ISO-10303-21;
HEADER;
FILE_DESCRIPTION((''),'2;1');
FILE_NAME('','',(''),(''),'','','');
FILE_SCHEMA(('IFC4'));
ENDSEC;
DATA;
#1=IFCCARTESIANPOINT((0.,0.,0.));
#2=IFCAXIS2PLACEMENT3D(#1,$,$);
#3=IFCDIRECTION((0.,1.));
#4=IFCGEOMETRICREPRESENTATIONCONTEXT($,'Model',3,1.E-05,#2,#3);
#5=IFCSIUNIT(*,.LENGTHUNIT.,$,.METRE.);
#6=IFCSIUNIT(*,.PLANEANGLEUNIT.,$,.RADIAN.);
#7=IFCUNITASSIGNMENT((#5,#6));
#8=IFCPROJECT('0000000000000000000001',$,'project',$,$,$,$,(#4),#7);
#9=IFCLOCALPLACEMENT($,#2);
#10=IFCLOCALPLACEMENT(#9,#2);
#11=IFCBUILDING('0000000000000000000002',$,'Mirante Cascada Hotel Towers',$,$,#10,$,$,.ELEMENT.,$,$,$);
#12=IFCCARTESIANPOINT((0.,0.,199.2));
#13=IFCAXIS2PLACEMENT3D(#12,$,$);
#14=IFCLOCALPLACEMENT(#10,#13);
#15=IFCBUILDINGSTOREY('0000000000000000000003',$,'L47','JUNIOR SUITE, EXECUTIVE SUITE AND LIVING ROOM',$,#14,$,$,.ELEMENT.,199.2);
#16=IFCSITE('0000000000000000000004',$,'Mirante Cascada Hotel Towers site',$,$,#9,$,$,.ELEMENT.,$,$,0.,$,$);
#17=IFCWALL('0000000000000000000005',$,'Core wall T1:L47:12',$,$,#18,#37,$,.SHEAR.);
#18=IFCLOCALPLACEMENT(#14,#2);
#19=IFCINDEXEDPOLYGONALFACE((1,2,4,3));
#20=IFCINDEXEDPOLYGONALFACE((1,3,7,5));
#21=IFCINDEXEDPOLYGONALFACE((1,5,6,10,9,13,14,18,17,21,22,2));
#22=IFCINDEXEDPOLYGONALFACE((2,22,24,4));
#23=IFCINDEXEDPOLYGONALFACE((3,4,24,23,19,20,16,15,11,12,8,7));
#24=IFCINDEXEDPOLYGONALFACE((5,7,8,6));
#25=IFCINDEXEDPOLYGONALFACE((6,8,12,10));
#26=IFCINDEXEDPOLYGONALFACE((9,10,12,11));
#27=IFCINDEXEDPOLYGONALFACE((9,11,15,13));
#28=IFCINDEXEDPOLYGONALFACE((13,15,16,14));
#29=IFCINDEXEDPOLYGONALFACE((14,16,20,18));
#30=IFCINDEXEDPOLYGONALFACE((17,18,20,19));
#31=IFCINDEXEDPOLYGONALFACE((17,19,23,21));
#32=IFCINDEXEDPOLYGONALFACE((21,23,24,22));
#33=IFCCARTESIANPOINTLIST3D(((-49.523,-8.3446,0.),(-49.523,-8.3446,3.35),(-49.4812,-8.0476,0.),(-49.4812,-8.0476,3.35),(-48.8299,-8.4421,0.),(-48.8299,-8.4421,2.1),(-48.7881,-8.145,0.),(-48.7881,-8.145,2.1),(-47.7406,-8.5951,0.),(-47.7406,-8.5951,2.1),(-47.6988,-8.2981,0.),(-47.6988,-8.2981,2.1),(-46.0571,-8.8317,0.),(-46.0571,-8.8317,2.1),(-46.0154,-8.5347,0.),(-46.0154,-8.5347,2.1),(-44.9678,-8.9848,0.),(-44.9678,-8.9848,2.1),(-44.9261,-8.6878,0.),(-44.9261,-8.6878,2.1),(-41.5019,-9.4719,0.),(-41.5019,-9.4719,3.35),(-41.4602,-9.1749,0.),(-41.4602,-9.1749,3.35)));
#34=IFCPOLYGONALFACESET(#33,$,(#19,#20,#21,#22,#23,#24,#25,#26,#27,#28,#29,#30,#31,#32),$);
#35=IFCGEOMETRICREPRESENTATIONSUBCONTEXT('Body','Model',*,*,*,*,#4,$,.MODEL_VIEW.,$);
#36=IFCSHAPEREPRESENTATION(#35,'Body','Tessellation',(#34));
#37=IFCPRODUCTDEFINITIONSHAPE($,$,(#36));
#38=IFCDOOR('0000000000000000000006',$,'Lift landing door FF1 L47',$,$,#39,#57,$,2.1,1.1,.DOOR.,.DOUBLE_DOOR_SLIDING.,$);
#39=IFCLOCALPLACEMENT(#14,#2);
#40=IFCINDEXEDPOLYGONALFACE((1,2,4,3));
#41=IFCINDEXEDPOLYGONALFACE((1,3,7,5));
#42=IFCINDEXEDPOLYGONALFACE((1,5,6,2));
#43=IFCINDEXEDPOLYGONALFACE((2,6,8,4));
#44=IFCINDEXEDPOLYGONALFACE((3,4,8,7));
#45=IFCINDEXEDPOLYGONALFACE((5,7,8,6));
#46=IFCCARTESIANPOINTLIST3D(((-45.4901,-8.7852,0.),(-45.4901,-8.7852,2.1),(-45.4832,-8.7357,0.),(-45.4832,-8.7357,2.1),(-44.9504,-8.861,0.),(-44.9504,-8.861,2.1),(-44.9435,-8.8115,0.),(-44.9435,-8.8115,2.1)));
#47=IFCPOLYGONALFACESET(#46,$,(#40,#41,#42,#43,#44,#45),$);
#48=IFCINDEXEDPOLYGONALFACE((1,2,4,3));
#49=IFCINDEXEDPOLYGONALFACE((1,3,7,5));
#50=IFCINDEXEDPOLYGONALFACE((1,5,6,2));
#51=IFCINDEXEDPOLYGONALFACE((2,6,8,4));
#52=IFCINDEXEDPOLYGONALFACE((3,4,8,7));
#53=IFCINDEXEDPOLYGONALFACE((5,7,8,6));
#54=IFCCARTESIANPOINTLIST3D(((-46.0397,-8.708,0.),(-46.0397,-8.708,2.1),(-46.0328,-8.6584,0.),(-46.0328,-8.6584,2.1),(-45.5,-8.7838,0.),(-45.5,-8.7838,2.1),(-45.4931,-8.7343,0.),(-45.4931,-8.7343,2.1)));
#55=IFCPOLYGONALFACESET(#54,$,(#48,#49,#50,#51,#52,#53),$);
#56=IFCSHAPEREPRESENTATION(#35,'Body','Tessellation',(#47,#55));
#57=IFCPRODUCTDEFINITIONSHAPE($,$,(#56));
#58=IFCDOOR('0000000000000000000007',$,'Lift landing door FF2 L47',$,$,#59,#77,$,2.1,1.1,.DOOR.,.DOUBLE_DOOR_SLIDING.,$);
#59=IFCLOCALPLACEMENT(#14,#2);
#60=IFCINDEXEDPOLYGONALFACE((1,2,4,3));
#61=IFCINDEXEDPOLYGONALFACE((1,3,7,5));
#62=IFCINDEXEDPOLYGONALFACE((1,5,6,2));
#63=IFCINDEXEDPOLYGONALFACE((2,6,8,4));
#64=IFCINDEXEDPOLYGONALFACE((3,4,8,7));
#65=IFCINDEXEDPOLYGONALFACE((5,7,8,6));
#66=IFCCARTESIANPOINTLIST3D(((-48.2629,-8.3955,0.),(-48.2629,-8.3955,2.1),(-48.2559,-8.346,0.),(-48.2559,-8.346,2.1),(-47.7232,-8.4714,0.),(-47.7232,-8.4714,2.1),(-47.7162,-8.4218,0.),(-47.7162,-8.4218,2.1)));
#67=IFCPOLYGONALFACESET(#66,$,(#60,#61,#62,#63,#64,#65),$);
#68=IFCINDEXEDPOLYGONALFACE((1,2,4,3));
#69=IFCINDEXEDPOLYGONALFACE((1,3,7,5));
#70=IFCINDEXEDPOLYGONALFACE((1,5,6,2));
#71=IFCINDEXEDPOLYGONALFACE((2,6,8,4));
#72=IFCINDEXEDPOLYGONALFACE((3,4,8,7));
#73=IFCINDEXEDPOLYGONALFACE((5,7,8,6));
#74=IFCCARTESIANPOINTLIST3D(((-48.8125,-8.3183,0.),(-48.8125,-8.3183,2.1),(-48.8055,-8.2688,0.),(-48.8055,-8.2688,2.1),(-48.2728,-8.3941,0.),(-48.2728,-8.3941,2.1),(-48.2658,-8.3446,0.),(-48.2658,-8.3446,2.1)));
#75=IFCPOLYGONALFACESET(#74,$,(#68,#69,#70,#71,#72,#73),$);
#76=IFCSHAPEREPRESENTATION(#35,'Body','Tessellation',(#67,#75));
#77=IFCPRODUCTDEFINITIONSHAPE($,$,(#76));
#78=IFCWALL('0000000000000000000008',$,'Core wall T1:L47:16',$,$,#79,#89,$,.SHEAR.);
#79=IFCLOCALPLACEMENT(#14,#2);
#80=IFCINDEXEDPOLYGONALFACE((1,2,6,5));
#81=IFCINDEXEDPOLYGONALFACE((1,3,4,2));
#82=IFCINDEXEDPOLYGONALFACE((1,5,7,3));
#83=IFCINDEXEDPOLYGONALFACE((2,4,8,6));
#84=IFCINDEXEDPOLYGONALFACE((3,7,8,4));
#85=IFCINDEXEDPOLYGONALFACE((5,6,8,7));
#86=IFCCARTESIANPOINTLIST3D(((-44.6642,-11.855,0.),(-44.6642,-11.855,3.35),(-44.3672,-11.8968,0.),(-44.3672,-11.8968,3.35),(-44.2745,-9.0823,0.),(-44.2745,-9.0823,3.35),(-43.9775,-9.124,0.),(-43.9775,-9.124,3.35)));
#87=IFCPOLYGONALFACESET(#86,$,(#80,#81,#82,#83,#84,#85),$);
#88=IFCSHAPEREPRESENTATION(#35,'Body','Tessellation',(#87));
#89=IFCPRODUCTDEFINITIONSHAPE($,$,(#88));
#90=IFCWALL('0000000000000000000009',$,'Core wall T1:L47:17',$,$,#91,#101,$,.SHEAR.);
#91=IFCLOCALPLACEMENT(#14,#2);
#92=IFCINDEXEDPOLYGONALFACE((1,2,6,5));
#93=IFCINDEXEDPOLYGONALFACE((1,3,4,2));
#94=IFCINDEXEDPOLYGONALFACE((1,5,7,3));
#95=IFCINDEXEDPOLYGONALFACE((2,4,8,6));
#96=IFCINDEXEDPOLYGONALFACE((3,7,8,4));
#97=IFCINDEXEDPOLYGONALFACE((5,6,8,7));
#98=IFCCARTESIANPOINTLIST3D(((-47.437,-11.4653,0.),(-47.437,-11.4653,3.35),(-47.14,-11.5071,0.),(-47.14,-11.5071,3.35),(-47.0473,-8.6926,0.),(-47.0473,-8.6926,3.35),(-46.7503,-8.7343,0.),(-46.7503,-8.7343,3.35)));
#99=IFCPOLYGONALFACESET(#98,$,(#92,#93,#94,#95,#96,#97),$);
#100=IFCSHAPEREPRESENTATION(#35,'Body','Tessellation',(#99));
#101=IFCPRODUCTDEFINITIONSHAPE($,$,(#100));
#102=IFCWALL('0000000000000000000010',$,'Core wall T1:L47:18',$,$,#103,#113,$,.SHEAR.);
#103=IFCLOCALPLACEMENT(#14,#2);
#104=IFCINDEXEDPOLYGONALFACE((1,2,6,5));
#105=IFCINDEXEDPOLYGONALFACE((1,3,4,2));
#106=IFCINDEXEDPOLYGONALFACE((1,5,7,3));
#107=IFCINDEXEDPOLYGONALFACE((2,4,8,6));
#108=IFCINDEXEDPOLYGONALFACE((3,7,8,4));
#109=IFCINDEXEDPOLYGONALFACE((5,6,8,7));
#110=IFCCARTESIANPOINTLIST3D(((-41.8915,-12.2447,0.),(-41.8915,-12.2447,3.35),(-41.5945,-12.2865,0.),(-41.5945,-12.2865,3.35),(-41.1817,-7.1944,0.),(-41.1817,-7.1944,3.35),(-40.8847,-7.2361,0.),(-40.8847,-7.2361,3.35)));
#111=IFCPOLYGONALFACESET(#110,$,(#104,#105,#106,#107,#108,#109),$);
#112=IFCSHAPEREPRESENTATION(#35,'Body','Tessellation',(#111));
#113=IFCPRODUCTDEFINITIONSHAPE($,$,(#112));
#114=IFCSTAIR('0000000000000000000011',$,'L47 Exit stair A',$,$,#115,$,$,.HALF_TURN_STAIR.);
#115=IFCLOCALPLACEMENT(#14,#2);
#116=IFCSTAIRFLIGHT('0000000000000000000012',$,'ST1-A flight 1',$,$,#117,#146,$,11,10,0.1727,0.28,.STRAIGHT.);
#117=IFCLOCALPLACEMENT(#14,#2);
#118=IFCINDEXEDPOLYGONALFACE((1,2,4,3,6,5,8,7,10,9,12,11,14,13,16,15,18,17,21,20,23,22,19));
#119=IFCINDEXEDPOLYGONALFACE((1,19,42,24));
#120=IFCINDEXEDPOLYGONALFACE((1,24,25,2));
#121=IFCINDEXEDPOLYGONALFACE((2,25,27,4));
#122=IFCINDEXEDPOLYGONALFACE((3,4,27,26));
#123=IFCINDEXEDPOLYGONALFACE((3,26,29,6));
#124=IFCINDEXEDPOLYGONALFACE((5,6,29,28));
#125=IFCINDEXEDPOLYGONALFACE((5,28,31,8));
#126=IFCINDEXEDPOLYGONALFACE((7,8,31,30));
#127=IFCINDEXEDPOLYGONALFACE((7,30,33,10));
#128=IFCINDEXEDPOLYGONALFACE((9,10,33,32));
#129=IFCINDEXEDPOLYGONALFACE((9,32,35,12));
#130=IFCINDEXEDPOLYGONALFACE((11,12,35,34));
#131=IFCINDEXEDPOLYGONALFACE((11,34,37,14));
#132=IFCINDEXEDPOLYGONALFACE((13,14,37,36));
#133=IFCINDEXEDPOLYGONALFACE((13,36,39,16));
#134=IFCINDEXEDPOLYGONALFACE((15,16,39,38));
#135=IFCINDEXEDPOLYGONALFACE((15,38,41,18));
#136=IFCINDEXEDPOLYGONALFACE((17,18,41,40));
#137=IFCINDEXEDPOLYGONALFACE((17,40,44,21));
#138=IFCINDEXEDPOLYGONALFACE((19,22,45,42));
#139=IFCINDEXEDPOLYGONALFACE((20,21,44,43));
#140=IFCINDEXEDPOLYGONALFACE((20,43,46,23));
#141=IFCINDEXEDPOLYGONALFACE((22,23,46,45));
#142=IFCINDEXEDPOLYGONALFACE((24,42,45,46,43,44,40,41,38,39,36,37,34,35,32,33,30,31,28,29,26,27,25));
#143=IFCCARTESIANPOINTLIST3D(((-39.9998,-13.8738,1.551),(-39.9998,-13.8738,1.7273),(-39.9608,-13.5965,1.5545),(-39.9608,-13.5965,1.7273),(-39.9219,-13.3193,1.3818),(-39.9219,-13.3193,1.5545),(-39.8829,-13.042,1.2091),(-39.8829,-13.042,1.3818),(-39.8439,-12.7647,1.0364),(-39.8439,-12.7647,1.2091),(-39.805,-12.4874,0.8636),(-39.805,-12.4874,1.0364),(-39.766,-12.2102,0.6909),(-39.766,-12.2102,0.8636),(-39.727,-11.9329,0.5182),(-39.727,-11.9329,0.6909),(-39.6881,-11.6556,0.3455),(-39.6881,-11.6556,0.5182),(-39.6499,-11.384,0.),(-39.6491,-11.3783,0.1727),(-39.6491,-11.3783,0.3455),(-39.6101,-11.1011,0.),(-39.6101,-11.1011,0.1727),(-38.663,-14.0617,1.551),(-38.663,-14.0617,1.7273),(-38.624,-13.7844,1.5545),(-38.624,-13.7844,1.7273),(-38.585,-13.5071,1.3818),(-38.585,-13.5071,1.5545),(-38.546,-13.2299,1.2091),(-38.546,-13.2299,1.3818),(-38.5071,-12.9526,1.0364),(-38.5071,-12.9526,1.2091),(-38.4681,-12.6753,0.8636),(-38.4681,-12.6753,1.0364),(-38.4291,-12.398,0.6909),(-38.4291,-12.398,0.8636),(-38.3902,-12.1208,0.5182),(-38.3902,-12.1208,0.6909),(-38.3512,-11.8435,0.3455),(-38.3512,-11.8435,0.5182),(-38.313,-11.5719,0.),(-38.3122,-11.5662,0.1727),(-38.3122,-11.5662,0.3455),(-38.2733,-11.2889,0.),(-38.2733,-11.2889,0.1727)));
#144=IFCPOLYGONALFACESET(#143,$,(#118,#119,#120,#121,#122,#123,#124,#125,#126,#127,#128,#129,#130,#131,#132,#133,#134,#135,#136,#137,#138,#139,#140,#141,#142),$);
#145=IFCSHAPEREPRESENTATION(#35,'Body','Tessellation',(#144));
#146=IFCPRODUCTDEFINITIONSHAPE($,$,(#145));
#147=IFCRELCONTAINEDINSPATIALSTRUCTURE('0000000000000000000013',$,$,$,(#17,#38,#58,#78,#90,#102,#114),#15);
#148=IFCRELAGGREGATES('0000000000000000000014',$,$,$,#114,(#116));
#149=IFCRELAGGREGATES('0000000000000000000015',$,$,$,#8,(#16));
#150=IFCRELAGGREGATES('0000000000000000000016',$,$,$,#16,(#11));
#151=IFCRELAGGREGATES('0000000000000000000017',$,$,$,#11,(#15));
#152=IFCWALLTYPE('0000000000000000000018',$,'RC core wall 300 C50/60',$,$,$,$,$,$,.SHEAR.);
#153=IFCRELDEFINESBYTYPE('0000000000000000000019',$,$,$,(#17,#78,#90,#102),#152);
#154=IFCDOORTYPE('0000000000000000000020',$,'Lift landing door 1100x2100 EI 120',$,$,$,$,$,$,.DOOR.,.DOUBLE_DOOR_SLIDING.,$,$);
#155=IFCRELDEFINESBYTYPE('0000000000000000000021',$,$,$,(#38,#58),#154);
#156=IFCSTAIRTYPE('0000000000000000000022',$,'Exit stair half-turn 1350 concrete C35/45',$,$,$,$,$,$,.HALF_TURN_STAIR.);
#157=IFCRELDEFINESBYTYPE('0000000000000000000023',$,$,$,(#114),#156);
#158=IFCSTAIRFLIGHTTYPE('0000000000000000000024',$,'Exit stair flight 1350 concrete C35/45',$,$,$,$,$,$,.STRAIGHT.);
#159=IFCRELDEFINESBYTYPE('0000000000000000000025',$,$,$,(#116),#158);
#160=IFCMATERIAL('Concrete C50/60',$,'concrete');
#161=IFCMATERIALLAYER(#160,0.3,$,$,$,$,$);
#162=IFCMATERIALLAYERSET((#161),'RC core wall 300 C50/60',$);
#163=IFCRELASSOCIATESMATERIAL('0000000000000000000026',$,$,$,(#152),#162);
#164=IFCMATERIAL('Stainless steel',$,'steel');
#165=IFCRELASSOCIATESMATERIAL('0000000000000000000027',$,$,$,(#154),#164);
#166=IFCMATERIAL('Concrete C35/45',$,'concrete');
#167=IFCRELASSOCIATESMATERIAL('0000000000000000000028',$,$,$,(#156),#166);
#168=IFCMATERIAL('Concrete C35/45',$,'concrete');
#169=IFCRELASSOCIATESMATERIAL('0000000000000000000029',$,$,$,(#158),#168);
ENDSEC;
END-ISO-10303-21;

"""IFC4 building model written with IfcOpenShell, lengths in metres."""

from ifc_helpers import new_model, si_unit, direction, frame, frame_2d, origin, place, context, subcontext, project, spatial, polyline, rectangle, outline, extrude, material, layer, layer_set, type_object, element, fill, aggregate, save


model = new_model("IFC4")

# Units and contexts
model_context = context("Model", 3, precision=1e-05, world=origin(), true_north=direction((0.0, 1.0)))
body_context = subcontext(model_context, "Body", "Model", "MODEL_VIEW")
ifc_project = project(units=[si_unit("LENGTHUNIT", "METRE"), si_unit("PLANEANGLEUNIT", "RADIAN")], contexts=[model_context])

# Site, building, storey
site_placement = place(None, origin())
site = spatial("IfcSite", under=ifc_project, at=site_placement, Name="Mirante Cascada Hotel Towers site", CompositionType="ELEMENT", RefElevation=0.0)
building_placement = place(site_placement, origin())
building = spatial("IfcBuilding", under=site, at=building_placement, Name="Mirante Cascada Hotel Towers", CompositionType="ELEMENT")
storey_placement = place(building_placement, frame((0.0, 0.0, 199.2)))
storey = spatial("IfcBuildingStorey", under=building, at=storey_placement, Name="L47", Description="JUNIOR SUITE, EXECUTIVE SUITE AND LIVING ROOM", CompositionType="ELEMENT", Elevation=199.2)

# Shared definitions
ifc_material_1 = material(Name="Concrete C50/60", Category="concrete")
ifc_layer_1 = layer(ifc_material_1, 0.3)
ifc_layer_set_1 = layer_set([ifc_layer_1], Name="RC core wall 300 C50/60")
wall_type_1 = type_object("IfcWallType", Name="RC core wall 300 C50/60", PredefinedType="SHEAR", material=ifc_layer_set_1)
ifc_material_2 = material(Name="Stainless steel", Category="steel")
door_type_1 = type_object("IfcDoorType", Name="Lift landing door 1100x2100 EI 120", OperationType="DOUBLE_DOOR_SLIDING", PredefinedType="DOOR", material=ifc_material_2)

# Wall, openings, doors
wall_1_placement = place(storey_placement, frame((-41.481, -9.3234, 0.0), z_axis=(0.0, 0.0, 1.0), x_axis=(-0.990268, 0.139174, 0.0)))
wall_1 = element("IfcWall", 1, at=wall_1_placement, inside=storey, type_object=wall_type_1, Name="Core wall T1:L47:12", PredefinedType="SHEAR", context=body_context, shape_type="SweptSolid", body=[
    extrude(rectangle(XDim=8.0999, YDim=0.3, at=frame_2d((4.05, 0.0))), origin(), (0.0, 0.0, 1.0), 3.35),
])
opening_1_placement = place(wall_1_placement, frame((3.5, 0.0, 0.0)))
opening_1 = element("IfcOpeningElement", 2, at=opening_1_placement, cuts=wall_1, PredefinedType="OPENING", context=body_context, shape_type="SweptSolid", body=[
    extrude(rectangle(XDim=1.1, YDim=2.1, at=frame_2d((0.55, 1.05))), frame((0.0, 0.15, 0.0), z_axis=(0.0, -1.0, 0.0), x_axis=(1.0, 0.0, 0.0)), (0.0, 0.0, 1.0), 0.3),
])
opening_2_placement = place(wall_1_placement, frame((6.3, 0.0, 0.0)))
opening_2 = element("IfcOpeningElement", 3, at=opening_2_placement, cuts=wall_1, PredefinedType="OPENING", context=body_context, shape_type="SweptSolid", body=[
    extrude(rectangle(XDim=1.1, YDim=2.1, at=frame_2d((0.55, 1.05))), frame((0.0, 0.15, 0.0), z_axis=(0.0, -1.0, 0.0), x_axis=(1.0, 0.0, 0.0)), (0.0, 0.0, 1.0), 0.3),
])
door_1_placement = place(opening_1_placement, origin())
door_1 = element("IfcDoor", 4, at=door_1_placement, inside=storey, type_object=door_type_1, Name="Lift landing door FF1 L47", OperationType="DOUBLE_DOOR_SLIDING", OverallHeight=2.1, OverallWidth=1.1, PredefinedType="DOOR", context=body_context, shape_type="SweptSolid", body=[
    extrude(rectangle(XDim=0.545, YDim=2.1, at=frame_2d((0.2725, 1.05))), frame((0.0, 0.025, 0.0), z_axis=(0.0, -1.0, 0.0), x_axis=(1.0, 0.0, 0.0)), (0.0, 0.0, 1.0), 0.05),
    extrude(rectangle(XDim=0.545, YDim=2.1, at=frame_2d((0.8275, 1.05))), frame((0.0, 0.025, 0.0), z_axis=(0.0, -1.0, 0.0), x_axis=(1.0, 0.0, 0.0)), (0.0, 0.0, 1.0), 0.05),
])
fill(opening_1, door_1)
door_2_placement = place(opening_2_placement, origin())
door_2 = element("IfcDoor", 5, at=door_2_placement, inside=storey, type_object=door_type_1, Name="Lift landing door FF2 L47", OperationType="DOUBLE_DOOR_SLIDING", OverallHeight=2.1, OverallWidth=1.1, PredefinedType="DOOR", context=body_context, shape_type="SweptSolid", body=[
    extrude(rectangle(XDim=0.545, YDim=2.1, at=frame_2d((0.2725, 1.05))), frame((0.0, 0.025, 0.0), z_axis=(0.0, -1.0, 0.0), x_axis=(1.0, 0.0, 0.0)), (0.0, 0.0, 1.0), 0.05),
    extrude(rectangle(XDim=0.545, YDim=2.1, at=frame_2d((0.8275, 1.05))), frame((0.0, 0.025, 0.0), z_axis=(0.0, -1.0, 0.0), x_axis=(1.0, 0.0, 0.0)), (0.0, 0.0, 1.0), 0.05),
])
fill(opening_2, door_2)

# Walls
for number, where, z_axis, x_axis, name in (
    (6, (-44.5157, -11.8759, 0.0), (0.0, 0.0, 1.0), (0.139181, 0.990267, 0.0), "Core wall T1:L47:16"),
    (7, (-47.2885, -11.4862, 0.0), (0.0, 0.0, 1.0), (0.139181, 0.990267, 0.0), "Core wall T1:L47:17"),
):
    element("IfcWall", number, at=place(storey_placement, frame(where, z_axis=z_axis, x_axis=x_axis)), inside=storey, type_object=wall_type_1, Name=name, PredefinedType="SHEAR", context=body_context, shape_type="SweptSolid", body=[
        extrude(rectangle(XDim=2.8, YDim=0.3, at=frame_2d((1.4, 0.0))), origin(), (0.0, 0.0, 1.0), 3.35),
    ])
wall_2_placement = place(storey_placement, frame((-41.743, -12.2656, 0.0), z_axis=(0.0, 0.0, 1.0), x_axis=(0.139176, 0.990268, 0.0)))
element("IfcWall", 8, at=wall_2_placement, inside=storey, type_object=wall_type_1, Name="Core wall T1:L47:18", PredefinedType="SHEAR", context=body_context, shape_type="SweptSolid", body=[
    extrude(rectangle(XDim=5.1, YDim=0.3, at=frame_2d((2.55, 0.0))), origin(), (0.0, 0.0, 1.0), 3.35),
])

# Stair, stair flight
ifc_material_3 = material(Name="Concrete C35/45", Category="concrete")
stair_type = type_object("IfcStairType", Name="Exit stair half-turn 1350 concrete C35/45", PredefinedType="HALF_TURN_STAIR", material=ifc_material_3)
stair_placement = place(storey_placement, origin())
stair = element("IfcStair", 9, at=stair_placement, inside=storey, type_object=stair_type, Name="L47 Exit stair A", PredefinedType="HALF_TURN_STAIR")
ifc_material_4 = material(Name="Concrete C35/45", Category="concrete")
stair_flight_type = type_object("IfcStairFlightType", Name="Exit stair flight 1350 concrete C35/45", PredefinedType="STRAIGHT", material=ifc_material_4)
stair_flight_placement = place(storey_placement, frame((-38.9417, -11.195, 0.0), z_axis=(0.0, 0.0, 1.0), x_axis=(-0.139173, -0.990268, 0.0)))
stair_flight = element("IfcStairFlight", 10, at=stair_flight_placement, type_object=stair_flight_type, Name="ST1-A flight 1", NumberOfRisers=11, NumberOfTreads=10, PredefinedType="STRAIGHT", RiserHeight=0.1727, TreadLength=0.28, context=body_context, shape_type="SweptSolid", body=[
    extrude(outline(polyline([(0.0, 0.0), (0.0, 0.1727), (0.28, 0.1727), (0.28, 0.3455), (0.56, 0.3455), (0.56, 0.5182), (0.84, 0.5182), (0.84, 0.6909), (1.12, 0.6909), (1.12, 0.8636), (1.4, 0.8636), (1.4, 1.0364), (1.68, 1.0364), (1.68, 1.2091), (1.96, 1.2091), (1.96, 1.3818), (2.24, 1.3818), (2.24, 1.5545), (2.52, 1.5545), (2.52, 1.7273), (2.8, 1.7273), (2.8, 1.9), (2.8, 1.551), (0.2857, 0.0), (0.0, 0.0)])), frame((0.0, 0.675, 0.0), z_axis=(0.0, -1.0, 0.0), x_axis=(1.0, 0.0, 0.0)), (0.0, 0.0, 1.0), 1.35),
])
aggregate(stair, [stair_flight])

save(model, "model.ifc")
